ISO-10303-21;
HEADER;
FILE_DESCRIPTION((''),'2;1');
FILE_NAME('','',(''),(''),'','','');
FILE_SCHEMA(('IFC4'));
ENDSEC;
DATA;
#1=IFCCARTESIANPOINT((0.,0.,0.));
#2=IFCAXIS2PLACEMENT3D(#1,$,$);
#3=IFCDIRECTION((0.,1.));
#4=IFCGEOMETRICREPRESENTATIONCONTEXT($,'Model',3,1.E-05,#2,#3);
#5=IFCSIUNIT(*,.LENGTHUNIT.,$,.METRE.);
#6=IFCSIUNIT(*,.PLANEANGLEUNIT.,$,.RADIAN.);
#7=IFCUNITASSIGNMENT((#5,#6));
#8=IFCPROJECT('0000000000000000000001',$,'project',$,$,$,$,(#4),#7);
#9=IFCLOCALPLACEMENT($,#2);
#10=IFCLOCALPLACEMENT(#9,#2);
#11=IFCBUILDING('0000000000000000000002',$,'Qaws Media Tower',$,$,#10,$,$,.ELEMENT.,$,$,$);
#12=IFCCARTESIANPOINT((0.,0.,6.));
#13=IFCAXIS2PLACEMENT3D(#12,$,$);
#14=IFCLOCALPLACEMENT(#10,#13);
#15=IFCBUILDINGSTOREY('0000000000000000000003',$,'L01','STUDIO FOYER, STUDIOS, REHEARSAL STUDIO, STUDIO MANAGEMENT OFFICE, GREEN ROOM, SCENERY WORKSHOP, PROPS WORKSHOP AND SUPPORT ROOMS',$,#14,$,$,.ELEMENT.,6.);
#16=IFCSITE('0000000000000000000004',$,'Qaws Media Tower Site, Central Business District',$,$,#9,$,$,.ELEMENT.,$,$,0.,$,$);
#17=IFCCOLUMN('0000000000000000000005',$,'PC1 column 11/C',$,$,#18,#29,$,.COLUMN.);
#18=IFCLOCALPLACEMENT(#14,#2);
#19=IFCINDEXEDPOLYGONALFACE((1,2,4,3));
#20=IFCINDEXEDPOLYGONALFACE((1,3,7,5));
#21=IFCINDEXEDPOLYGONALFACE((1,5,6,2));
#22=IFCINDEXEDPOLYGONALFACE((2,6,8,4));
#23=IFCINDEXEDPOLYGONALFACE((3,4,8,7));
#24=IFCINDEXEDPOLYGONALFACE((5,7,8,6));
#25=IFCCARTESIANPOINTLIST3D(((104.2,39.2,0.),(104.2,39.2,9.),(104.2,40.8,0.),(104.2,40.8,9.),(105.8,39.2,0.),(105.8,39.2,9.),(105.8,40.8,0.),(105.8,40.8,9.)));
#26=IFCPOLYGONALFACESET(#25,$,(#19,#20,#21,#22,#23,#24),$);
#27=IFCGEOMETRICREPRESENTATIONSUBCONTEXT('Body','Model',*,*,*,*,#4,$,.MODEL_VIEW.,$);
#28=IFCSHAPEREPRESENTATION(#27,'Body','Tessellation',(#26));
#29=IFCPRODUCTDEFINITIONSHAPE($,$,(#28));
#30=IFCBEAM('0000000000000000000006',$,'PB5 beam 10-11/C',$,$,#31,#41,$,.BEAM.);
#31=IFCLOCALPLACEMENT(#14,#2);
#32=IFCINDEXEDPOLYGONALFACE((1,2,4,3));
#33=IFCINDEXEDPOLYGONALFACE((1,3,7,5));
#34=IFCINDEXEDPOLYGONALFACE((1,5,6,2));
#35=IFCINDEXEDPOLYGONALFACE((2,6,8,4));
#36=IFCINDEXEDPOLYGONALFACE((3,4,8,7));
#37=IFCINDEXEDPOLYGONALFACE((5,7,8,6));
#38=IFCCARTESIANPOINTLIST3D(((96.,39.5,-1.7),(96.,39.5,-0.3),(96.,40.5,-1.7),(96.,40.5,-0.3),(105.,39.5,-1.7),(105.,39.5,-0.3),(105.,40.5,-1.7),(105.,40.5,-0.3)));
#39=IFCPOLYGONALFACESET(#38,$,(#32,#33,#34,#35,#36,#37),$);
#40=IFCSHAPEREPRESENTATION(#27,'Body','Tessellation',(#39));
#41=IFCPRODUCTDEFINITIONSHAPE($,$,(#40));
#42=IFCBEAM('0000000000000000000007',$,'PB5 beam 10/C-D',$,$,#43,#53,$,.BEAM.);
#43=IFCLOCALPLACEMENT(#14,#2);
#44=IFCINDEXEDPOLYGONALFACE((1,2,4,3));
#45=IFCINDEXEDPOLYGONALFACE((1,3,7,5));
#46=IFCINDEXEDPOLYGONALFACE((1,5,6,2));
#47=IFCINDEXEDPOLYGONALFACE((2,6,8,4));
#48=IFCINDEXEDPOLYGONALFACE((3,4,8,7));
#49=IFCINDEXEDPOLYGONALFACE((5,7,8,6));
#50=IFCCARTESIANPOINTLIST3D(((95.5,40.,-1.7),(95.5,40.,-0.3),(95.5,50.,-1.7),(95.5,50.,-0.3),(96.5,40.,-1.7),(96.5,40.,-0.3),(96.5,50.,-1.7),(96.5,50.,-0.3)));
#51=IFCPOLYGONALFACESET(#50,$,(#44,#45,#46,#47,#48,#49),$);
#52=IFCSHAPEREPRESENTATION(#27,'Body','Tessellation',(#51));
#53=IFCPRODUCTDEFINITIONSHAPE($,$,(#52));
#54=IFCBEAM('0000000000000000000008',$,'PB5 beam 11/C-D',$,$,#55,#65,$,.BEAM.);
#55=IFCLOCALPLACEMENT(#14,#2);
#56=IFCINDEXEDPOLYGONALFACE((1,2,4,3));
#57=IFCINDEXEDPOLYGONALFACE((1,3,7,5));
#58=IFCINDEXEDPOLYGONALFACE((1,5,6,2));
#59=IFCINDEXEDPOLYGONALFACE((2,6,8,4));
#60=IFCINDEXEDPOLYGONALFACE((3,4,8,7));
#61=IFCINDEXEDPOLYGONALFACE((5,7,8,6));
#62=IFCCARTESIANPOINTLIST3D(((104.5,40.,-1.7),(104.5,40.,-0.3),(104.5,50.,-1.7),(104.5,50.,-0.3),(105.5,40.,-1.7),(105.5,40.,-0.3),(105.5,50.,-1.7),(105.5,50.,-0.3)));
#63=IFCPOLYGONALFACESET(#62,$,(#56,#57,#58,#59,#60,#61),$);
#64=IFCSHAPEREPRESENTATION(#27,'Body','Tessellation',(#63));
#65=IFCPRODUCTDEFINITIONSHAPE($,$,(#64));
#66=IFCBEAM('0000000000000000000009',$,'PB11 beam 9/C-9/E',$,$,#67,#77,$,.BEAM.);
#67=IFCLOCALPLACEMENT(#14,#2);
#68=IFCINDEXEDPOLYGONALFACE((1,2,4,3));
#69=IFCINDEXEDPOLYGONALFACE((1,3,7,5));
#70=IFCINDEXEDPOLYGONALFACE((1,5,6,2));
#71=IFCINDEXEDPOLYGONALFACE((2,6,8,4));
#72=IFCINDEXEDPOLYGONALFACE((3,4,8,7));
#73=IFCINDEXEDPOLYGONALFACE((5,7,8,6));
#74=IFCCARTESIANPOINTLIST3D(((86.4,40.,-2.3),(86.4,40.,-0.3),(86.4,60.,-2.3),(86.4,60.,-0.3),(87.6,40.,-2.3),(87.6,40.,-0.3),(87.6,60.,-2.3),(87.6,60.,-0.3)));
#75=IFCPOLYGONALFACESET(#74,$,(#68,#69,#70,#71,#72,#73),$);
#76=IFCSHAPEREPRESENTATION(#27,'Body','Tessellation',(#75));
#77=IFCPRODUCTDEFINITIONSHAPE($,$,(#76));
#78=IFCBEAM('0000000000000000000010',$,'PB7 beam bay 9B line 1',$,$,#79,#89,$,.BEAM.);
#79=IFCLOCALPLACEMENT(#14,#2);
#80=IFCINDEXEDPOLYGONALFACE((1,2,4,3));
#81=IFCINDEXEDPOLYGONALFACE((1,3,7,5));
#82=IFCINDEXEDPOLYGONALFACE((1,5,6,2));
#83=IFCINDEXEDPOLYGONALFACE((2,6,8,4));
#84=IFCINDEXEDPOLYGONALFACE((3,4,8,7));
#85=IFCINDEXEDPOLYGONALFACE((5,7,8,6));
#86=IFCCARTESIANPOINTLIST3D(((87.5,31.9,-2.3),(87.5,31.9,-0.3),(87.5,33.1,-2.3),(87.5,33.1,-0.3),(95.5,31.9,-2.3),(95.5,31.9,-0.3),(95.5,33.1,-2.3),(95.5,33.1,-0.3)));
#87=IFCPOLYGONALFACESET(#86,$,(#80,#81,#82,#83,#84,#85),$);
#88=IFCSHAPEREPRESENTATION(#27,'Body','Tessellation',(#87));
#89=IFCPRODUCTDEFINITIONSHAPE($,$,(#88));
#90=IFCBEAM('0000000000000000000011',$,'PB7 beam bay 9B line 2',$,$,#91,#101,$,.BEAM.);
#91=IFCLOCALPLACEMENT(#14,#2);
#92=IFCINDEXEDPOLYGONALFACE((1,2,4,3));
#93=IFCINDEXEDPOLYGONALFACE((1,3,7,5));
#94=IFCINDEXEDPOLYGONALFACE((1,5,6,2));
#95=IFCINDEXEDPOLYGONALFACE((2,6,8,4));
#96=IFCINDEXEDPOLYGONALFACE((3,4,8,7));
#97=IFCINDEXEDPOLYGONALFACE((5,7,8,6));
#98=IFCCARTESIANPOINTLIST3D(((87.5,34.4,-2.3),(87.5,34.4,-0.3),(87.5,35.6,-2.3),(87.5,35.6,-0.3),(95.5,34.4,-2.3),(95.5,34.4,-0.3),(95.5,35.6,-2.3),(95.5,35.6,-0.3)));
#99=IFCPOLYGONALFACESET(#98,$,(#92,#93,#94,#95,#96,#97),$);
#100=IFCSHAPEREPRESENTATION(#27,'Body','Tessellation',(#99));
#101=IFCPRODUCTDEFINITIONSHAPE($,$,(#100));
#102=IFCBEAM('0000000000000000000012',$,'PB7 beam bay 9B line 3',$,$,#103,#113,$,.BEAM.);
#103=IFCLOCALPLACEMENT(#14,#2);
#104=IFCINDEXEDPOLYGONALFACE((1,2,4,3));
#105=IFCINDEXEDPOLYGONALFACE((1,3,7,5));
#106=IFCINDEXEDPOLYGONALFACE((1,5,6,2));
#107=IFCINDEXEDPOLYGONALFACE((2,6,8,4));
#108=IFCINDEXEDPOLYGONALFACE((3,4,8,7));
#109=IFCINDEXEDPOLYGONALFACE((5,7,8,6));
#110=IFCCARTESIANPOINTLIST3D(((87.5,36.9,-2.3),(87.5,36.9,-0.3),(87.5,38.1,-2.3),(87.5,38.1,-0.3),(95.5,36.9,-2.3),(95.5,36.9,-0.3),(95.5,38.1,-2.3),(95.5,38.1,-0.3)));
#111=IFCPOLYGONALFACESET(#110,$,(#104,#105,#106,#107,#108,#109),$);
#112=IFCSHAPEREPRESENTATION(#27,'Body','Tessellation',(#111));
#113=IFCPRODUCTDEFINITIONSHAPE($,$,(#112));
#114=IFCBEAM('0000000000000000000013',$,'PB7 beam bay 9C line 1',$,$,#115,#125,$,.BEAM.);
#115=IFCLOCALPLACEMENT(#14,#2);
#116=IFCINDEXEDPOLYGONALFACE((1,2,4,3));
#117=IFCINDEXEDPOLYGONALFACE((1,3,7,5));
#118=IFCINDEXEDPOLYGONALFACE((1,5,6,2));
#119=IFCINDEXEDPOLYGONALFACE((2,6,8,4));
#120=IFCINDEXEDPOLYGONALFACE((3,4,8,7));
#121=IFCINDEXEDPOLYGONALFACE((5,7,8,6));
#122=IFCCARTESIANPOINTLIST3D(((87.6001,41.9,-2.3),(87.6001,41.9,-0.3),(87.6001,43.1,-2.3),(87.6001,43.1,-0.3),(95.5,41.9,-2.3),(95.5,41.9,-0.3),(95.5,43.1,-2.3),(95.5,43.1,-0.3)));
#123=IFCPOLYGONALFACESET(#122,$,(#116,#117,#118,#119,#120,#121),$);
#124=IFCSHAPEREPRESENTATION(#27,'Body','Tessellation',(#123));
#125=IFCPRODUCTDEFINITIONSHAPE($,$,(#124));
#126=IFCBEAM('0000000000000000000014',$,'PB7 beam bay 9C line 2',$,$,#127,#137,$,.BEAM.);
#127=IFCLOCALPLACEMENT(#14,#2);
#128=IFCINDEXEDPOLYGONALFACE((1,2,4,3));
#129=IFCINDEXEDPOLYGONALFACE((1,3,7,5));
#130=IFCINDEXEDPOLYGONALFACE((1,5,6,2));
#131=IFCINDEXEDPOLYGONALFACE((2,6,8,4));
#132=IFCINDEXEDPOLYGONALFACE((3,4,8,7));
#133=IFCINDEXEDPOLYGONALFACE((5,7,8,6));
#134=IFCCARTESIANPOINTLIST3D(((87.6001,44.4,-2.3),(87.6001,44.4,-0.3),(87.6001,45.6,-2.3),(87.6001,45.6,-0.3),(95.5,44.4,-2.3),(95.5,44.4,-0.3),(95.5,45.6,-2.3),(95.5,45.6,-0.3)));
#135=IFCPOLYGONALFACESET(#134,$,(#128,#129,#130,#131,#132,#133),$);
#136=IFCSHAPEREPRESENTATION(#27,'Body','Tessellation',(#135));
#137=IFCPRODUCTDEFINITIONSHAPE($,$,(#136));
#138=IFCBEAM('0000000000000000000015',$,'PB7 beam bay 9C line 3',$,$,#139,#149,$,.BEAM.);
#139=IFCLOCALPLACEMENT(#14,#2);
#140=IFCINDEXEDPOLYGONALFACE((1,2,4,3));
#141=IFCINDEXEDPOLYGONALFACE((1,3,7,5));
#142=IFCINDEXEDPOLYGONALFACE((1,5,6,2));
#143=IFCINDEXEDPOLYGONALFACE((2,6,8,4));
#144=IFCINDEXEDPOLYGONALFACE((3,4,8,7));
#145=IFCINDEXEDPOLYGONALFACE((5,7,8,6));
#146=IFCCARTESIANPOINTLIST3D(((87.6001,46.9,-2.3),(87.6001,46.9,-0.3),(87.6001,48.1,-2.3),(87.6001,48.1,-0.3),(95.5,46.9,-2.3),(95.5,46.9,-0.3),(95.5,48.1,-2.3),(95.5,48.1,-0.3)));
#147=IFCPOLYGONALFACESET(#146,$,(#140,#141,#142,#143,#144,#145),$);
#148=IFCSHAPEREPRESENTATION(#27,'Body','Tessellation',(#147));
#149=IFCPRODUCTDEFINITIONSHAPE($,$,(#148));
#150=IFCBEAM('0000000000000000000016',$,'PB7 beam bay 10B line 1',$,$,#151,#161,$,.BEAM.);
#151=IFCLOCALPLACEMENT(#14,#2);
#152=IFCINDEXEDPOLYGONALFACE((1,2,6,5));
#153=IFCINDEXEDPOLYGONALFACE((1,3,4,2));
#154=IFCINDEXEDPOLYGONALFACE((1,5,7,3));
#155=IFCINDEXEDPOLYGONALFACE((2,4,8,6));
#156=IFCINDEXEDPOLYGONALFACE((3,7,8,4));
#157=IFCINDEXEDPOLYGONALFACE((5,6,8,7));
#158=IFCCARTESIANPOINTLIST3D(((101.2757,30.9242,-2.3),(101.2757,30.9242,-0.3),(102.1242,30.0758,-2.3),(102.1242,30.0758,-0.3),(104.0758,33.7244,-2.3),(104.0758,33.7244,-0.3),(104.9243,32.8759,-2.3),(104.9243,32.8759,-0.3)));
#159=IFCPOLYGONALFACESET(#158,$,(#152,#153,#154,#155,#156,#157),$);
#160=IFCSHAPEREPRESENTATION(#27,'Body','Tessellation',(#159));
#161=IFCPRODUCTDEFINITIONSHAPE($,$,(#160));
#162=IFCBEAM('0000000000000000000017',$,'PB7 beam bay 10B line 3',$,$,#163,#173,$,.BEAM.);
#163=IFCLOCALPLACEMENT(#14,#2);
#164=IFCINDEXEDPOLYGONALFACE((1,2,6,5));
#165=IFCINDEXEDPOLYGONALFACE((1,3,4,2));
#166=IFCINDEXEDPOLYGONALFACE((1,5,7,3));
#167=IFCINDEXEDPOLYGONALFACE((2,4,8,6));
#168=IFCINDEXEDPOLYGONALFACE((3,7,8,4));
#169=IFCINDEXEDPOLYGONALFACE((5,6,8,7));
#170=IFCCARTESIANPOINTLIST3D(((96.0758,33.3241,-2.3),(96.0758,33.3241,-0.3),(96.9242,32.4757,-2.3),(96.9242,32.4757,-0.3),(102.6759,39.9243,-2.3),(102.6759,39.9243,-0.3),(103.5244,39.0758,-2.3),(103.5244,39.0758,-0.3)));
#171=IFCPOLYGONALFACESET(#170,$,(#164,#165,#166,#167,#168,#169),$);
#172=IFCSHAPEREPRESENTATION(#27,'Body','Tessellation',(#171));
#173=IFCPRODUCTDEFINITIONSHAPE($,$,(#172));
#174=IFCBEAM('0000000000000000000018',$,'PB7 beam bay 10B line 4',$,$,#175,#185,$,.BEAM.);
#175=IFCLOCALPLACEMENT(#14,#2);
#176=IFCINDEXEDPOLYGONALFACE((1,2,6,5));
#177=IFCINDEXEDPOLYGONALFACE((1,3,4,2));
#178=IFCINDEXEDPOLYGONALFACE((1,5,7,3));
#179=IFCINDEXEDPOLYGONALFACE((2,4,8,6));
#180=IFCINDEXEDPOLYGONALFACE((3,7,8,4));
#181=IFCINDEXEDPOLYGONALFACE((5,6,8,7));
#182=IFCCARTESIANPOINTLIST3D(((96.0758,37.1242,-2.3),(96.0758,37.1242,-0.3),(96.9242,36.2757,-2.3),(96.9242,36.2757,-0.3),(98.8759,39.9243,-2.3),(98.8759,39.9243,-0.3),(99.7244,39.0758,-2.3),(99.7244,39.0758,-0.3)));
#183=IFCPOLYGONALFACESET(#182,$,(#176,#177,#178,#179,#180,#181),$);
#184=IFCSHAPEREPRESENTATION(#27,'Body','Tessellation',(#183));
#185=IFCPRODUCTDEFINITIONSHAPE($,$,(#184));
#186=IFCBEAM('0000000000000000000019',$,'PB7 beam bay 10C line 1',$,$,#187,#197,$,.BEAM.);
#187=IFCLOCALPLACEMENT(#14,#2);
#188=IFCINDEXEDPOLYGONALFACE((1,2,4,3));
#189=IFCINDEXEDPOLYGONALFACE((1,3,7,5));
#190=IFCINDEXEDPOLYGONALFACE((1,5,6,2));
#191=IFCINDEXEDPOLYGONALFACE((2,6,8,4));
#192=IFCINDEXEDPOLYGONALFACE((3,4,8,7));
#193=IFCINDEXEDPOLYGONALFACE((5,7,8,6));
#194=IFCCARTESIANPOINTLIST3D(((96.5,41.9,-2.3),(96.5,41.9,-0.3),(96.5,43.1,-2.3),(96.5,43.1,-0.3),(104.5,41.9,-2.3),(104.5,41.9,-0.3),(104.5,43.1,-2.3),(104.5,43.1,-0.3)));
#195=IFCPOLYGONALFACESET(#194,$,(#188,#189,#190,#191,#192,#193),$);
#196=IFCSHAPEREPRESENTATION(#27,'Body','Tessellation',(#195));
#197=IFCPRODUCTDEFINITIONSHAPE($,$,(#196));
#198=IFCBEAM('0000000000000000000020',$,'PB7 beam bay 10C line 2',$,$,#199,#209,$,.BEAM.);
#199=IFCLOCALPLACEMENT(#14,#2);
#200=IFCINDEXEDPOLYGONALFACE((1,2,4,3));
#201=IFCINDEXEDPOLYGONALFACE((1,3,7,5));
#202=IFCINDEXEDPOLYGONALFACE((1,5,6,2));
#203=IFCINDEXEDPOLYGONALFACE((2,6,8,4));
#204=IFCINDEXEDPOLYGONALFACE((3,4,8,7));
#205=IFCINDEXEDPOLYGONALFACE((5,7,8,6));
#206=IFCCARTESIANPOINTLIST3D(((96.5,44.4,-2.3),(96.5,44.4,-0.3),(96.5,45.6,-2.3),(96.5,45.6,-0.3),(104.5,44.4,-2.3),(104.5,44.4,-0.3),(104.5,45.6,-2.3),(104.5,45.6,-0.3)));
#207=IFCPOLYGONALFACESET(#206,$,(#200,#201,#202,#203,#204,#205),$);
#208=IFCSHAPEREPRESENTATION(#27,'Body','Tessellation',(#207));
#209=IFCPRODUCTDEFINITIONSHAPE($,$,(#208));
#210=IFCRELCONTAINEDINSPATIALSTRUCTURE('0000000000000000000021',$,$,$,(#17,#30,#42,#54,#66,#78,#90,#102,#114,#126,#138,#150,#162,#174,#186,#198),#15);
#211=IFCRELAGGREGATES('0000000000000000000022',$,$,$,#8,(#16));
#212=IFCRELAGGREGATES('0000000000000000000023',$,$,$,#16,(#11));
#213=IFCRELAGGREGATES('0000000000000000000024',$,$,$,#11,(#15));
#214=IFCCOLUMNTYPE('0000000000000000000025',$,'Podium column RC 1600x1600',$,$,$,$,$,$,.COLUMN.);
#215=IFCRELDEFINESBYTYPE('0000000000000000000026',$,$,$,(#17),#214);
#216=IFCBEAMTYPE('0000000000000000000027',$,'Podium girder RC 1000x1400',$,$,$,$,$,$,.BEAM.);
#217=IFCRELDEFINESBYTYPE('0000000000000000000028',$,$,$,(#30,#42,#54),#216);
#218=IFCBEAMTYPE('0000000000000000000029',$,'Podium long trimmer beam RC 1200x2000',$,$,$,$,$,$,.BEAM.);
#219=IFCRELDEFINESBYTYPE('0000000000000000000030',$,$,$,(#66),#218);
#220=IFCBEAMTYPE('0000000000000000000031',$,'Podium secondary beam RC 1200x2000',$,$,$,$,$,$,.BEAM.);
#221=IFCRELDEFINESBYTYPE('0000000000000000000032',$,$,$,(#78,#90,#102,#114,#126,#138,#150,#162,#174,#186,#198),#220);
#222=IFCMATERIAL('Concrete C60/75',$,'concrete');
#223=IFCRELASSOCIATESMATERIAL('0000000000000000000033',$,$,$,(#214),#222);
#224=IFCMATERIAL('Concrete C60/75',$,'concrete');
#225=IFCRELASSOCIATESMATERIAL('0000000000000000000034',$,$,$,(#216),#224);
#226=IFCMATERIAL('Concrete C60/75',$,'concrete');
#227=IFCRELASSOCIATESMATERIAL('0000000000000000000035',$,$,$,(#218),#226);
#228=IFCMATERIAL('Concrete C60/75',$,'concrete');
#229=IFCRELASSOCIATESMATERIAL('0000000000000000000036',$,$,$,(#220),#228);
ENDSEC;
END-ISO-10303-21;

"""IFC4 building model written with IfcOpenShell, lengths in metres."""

from ifc_helpers import new_model, si_unit, direction, frame, origin, origin_2d, place, context, subcontext, project, spatial, rectangle, extrude, material, material_profile, profile_set, type_object, element, save


model = new_model("IFC4")

# Units and contexts
model_context = context("Model", 3, precision=1e-05, world=origin(), true_north=direction((0.0, 1.0)))
body_context = subcontext(model_context, "Body", "Model", "MODEL_VIEW")
ifc_project = project(units=[si_unit("LENGTHUNIT", "METRE"), si_unit("PLANEANGLEUNIT", "RADIAN")], contexts=[model_context])

# Site, building, storey
site_placement = place(None, origin())
site = spatial("IfcSite", under=ifc_project, at=site_placement, Name="Qaws Media Tower Site, Central Business District", CompositionType="ELEMENT", RefElevation=0.0)
building_placement = place(site_placement, origin())
building = spatial("IfcBuilding", under=site, at=building_placement, Name="Qaws Media Tower", CompositionType="ELEMENT")
storey_placement = place(building_placement, frame((0.0, 0.0, 6.0)))
storey = spatial("IfcBuildingStorey", under=building, at=storey_placement, Name="L01", Description="STUDIO FOYER, STUDIOS, REHEARSAL STUDIO, STUDIO MANAGEMENT OFFICE, GREEN ROOM, SCENERY WORKSHOP, PROPS WORKSHOP AND SUPPORT ROOMS", CompositionType="ELEMENT", Elevation=6.0)

# Column
ifc_material_1 = material(Name="Concrete C60/75", Category="concrete")
ifc_material_profile_1 = material_profile(ifc_material_1, rectangle(XDim=1.6001, YDim=1.6001, at=origin_2d()), Name="RC 1600x1600")
ifc_profile_set_1 = profile_set([ifc_material_profile_1], Name="Concrete C60/75")
column_type = type_object("IfcColumnType", Name="Podium column RC 1600x1600", PredefinedType="COLUMN", material=ifc_profile_set_1)
column_placement = place(storey_placement, frame((105.0, 40.0, 0.0), z_axis=(0.0, 0.0, 1.0), x_axis=(1.0, 0.0, 0.0)))
element("IfcColumn", 1, at=column_placement, inside=storey, type_object=column_type, Name="PC1 column 11/C", PredefinedType="COLUMN", context=body_context, shape_type="SweptSolid", body=[
    extrude(rectangle(XDim=1.6001, YDim=1.6001, at=origin_2d()), origin(), (0.0, 0.0, 1.0), 9.0),
])

# Beams
ifc_material_2 = material(Name="Concrete C60/75", Category="concrete")
ifc_material_profile_2 = material_profile(ifc_material_2, rectangle(XDim=1.0, YDim=1.3999, at=origin_2d()), Name="RC 1000x1400")
ifc_profile_set_2 = profile_set([ifc_material_profile_2], Name="Concrete C60/75")
beam_type_1 = type_object("IfcBeamType", Name="Podium girder RC 1000x1400", PredefinedType="BEAM", material=ifc_profile_set_2)
beam_1_placement = place(storey_placement, frame((96.0, 40.0, -1.0), z_axis=(1.0, 0.0, 0.0), x_axis=(0.0, 1.0, 0.0)))
element("IfcBeam", 2, at=beam_1_placement, inside=storey, type_object=beam_type_1, Name="PB5 beam 10-11/C", PredefinedType="BEAM", context=body_context, shape_type="SweptSolid", body=[
    extrude(rectangle(XDim=1.0, YDim=1.3999, at=origin_2d()), origin(), (0.0, 0.0, 1.0), 9.0),
])
for number, where, z_axis, x_axis, name in (
    (3, (96.0, 40.0, -1.0), (0.0, 1.0, 0.0), (-1.0, 0.0, 0.0), "PB5 beam 10/C-D"),
    (4, (105.0, 40.0, -1.0), (0.0, 1.0, 0.0), (-1.0, 0.0, 0.0), "PB5 beam 11/C-D"),
):
    element("IfcBeam", number, at=place(storey_placement, frame(where, z_axis=z_axis, x_axis=x_axis)), inside=storey, type_object=beam_type_1, Name=name, PredefinedType="BEAM", context=body_context, shape_type="SweptSolid", body=[
        extrude(rectangle(XDim=1.0, YDim=1.3999, at=origin_2d()), origin(), (0.0, 0.0, 1.0), 10.0),
    ])
ifc_material_3 = material(Name="Concrete C60/75", Category="concrete")
ifc_material_profile_3 = material_profile(ifc_material_3, rectangle(XDim=1.2, YDim=2.0, at=origin_2d()), Name="RC 1200x2000")
ifc_profile_set_3 = profile_set([ifc_material_profile_3], Name="Concrete C60/75")
beam_type_2 = type_object("IfcBeamType", Name="Podium long trimmer beam RC 1200x2000", PredefinedType="BEAM", material=ifc_profile_set_3)
beam_2_placement = place(storey_placement, frame((87.0, 40.0, -1.3), z_axis=(0.0, 1.0, 0.0), x_axis=(-1.0, 0.0, 0.0)))
element("IfcBeam", 5, at=beam_2_placement, inside=storey, type_object=beam_type_2, Name="PB11 beam 9/C-9/E", PredefinedType="BEAM", context=body_context, shape_type="SweptSolid", body=[
    extrude(rectangle(XDim=1.2, YDim=2.0, at=origin_2d()), origin(), (0.0, 0.0, 1.0), 20.0),
])
ifc_material_4 = material(Name="Concrete C60/75", Category="concrete")
ifc_material_profile_4 = material_profile(ifc_material_4, rectangle(XDim=1.2, YDim=2.0, at=origin_2d()), Name="RC 1200x2000")
ifc_profile_set_4 = profile_set([ifc_material_profile_4], Name="Concrete C60/75")
beam_type_3 = type_object("IfcBeamType", Name="Podium secondary beam RC 1200x2000", PredefinedType="BEAM", material=ifc_profile_set_4)
for number, where, z_axis, x_axis, name in (
    (6, (87.5, 32.5, -1.3), (1.0, 0.0, 0.0), (0.0, 1.0, 0.0), "PB7 beam bay 9B line 1"),
    (7, (87.5, 35.0, -1.3), (1.0, 0.0, 0.0), (0.0, 1.0, 0.0), "PB7 beam bay 9B line 2"),
    (8, (87.5, 37.5, -1.3), (1.0, 0.0, 0.0), (0.0, 1.0, 0.0), "PB7 beam bay 9B line 3"),
):
    element("IfcBeam", number, at=place(storey_placement, frame(where, z_axis=z_axis, x_axis=x_axis)), inside=storey, type_object=beam_type_3, Name=name, PredefinedType="BEAM", context=body_context, shape_type="SweptSolid", body=[
        extrude(rectangle(XDim=1.2, YDim=2.0, at=origin_2d()), origin(), (0.0, 0.0, 1.0), 8.0),
    ])
for number, where, z_axis, x_axis, name in (
    (9, (87.6001, 42.5, -1.3), (1.0, 0.0, 0.0), (0.0, 1.0, 0.0), "PB7 beam bay 9C line 1"),
    (10, (87.6001, 45.0, -1.3), (1.0, 0.0, 0.0), (0.0, 1.0, 0.0), "PB7 beam bay 9C line 2"),
    (11, (87.6001, 47.5, -1.3), (1.0, 0.0, 0.0), (0.0, 1.0, 0.0), "PB7 beam bay 9C line 3"),
):
    element("IfcBeam", number, at=place(storey_placement, frame(where, z_axis=z_axis, x_axis=x_axis)), inside=storey, type_object=beam_type_3, Name=name, PredefinedType="BEAM", context=body_context, shape_type="SweptSolid", body=[
        extrude(rectangle(XDim=1.2, YDim=2.0, at=origin_2d()), origin(), (0.0, 0.0, 1.0), 7.8999),
    ])
beam_3_placement = place(storey_placement, frame((101.7, 30.5, -1.3), z_axis=(0.707107, 0.707107, 0.0), x_axis=(-0.707107, 0.707107, 0.0)))
element("IfcBeam", 12, at=beam_3_placement, inside=storey, type_object=beam_type_3, Name="PB7 beam bay 10B line 1", PredefinedType="BEAM", context=body_context, shape_type="SweptSolid", body=[
    extrude(rectangle(XDim=1.2, YDim=2.0, at=origin_2d()), origin(), (0.0, 0.0, 1.0), 3.96),
])
beam_4_placement = place(storey_placement, frame((96.5, 32.8999, -1.3), z_axis=(0.707107, 0.707107, 0.0), x_axis=(-0.707107, 0.707107, 0.0)))
element("IfcBeam", 13, at=beam_4_placement, inside=storey, type_object=beam_type_3, Name="PB7 beam bay 10B line 3", PredefinedType="BEAM", context=body_context, shape_type="SweptSolid", body=[
    extrude(rectangle(XDim=1.2, YDim=2.0, at=origin_2d()), origin(), (0.0, 0.0, 1.0), 9.334),
])
beam_5_placement = place(storey_placement, frame((96.5, 36.7, -1.3), z_axis=(0.707107, 0.707107, 0.0), x_axis=(-0.707107, 0.707107, 0.0)))
element("IfcBeam", 14, at=beam_5_placement, inside=storey, type_object=beam_type_3, Name="PB7 beam bay 10B line 4", PredefinedType="BEAM", context=body_context, shape_type="SweptSolid", body=[
    extrude(rectangle(XDim=1.2, YDim=2.0, at=origin_2d()), origin(), (0.0, 0.0, 1.0), 3.96),
])
for number, where, z_axis, x_axis, name in (
    (15, (96.5, 42.5, -1.3), (1.0, 0.0, 0.0), (0.0, 1.0, 0.0), "PB7 beam bay 10C line 1"),
    (16, (96.5, 45.0, -1.3), (1.0, 0.0, 0.0), (0.0, 1.0, 0.0), "PB7 beam bay 10C line 2"),
):
    element("IfcBeam", number, at=place(storey_placement, frame(where, z_axis=z_axis, x_axis=x_axis)), inside=storey, type_object=beam_type_3, Name=name, PredefinedType="BEAM", context=body_context, shape_type="SweptSolid", body=[
        extrude(rectangle(XDim=1.2, YDim=2.0, at=origin_2d()), origin(), (0.0, 0.0, 1.0), 8.0),
    ])

save(model, "model.ifc")
